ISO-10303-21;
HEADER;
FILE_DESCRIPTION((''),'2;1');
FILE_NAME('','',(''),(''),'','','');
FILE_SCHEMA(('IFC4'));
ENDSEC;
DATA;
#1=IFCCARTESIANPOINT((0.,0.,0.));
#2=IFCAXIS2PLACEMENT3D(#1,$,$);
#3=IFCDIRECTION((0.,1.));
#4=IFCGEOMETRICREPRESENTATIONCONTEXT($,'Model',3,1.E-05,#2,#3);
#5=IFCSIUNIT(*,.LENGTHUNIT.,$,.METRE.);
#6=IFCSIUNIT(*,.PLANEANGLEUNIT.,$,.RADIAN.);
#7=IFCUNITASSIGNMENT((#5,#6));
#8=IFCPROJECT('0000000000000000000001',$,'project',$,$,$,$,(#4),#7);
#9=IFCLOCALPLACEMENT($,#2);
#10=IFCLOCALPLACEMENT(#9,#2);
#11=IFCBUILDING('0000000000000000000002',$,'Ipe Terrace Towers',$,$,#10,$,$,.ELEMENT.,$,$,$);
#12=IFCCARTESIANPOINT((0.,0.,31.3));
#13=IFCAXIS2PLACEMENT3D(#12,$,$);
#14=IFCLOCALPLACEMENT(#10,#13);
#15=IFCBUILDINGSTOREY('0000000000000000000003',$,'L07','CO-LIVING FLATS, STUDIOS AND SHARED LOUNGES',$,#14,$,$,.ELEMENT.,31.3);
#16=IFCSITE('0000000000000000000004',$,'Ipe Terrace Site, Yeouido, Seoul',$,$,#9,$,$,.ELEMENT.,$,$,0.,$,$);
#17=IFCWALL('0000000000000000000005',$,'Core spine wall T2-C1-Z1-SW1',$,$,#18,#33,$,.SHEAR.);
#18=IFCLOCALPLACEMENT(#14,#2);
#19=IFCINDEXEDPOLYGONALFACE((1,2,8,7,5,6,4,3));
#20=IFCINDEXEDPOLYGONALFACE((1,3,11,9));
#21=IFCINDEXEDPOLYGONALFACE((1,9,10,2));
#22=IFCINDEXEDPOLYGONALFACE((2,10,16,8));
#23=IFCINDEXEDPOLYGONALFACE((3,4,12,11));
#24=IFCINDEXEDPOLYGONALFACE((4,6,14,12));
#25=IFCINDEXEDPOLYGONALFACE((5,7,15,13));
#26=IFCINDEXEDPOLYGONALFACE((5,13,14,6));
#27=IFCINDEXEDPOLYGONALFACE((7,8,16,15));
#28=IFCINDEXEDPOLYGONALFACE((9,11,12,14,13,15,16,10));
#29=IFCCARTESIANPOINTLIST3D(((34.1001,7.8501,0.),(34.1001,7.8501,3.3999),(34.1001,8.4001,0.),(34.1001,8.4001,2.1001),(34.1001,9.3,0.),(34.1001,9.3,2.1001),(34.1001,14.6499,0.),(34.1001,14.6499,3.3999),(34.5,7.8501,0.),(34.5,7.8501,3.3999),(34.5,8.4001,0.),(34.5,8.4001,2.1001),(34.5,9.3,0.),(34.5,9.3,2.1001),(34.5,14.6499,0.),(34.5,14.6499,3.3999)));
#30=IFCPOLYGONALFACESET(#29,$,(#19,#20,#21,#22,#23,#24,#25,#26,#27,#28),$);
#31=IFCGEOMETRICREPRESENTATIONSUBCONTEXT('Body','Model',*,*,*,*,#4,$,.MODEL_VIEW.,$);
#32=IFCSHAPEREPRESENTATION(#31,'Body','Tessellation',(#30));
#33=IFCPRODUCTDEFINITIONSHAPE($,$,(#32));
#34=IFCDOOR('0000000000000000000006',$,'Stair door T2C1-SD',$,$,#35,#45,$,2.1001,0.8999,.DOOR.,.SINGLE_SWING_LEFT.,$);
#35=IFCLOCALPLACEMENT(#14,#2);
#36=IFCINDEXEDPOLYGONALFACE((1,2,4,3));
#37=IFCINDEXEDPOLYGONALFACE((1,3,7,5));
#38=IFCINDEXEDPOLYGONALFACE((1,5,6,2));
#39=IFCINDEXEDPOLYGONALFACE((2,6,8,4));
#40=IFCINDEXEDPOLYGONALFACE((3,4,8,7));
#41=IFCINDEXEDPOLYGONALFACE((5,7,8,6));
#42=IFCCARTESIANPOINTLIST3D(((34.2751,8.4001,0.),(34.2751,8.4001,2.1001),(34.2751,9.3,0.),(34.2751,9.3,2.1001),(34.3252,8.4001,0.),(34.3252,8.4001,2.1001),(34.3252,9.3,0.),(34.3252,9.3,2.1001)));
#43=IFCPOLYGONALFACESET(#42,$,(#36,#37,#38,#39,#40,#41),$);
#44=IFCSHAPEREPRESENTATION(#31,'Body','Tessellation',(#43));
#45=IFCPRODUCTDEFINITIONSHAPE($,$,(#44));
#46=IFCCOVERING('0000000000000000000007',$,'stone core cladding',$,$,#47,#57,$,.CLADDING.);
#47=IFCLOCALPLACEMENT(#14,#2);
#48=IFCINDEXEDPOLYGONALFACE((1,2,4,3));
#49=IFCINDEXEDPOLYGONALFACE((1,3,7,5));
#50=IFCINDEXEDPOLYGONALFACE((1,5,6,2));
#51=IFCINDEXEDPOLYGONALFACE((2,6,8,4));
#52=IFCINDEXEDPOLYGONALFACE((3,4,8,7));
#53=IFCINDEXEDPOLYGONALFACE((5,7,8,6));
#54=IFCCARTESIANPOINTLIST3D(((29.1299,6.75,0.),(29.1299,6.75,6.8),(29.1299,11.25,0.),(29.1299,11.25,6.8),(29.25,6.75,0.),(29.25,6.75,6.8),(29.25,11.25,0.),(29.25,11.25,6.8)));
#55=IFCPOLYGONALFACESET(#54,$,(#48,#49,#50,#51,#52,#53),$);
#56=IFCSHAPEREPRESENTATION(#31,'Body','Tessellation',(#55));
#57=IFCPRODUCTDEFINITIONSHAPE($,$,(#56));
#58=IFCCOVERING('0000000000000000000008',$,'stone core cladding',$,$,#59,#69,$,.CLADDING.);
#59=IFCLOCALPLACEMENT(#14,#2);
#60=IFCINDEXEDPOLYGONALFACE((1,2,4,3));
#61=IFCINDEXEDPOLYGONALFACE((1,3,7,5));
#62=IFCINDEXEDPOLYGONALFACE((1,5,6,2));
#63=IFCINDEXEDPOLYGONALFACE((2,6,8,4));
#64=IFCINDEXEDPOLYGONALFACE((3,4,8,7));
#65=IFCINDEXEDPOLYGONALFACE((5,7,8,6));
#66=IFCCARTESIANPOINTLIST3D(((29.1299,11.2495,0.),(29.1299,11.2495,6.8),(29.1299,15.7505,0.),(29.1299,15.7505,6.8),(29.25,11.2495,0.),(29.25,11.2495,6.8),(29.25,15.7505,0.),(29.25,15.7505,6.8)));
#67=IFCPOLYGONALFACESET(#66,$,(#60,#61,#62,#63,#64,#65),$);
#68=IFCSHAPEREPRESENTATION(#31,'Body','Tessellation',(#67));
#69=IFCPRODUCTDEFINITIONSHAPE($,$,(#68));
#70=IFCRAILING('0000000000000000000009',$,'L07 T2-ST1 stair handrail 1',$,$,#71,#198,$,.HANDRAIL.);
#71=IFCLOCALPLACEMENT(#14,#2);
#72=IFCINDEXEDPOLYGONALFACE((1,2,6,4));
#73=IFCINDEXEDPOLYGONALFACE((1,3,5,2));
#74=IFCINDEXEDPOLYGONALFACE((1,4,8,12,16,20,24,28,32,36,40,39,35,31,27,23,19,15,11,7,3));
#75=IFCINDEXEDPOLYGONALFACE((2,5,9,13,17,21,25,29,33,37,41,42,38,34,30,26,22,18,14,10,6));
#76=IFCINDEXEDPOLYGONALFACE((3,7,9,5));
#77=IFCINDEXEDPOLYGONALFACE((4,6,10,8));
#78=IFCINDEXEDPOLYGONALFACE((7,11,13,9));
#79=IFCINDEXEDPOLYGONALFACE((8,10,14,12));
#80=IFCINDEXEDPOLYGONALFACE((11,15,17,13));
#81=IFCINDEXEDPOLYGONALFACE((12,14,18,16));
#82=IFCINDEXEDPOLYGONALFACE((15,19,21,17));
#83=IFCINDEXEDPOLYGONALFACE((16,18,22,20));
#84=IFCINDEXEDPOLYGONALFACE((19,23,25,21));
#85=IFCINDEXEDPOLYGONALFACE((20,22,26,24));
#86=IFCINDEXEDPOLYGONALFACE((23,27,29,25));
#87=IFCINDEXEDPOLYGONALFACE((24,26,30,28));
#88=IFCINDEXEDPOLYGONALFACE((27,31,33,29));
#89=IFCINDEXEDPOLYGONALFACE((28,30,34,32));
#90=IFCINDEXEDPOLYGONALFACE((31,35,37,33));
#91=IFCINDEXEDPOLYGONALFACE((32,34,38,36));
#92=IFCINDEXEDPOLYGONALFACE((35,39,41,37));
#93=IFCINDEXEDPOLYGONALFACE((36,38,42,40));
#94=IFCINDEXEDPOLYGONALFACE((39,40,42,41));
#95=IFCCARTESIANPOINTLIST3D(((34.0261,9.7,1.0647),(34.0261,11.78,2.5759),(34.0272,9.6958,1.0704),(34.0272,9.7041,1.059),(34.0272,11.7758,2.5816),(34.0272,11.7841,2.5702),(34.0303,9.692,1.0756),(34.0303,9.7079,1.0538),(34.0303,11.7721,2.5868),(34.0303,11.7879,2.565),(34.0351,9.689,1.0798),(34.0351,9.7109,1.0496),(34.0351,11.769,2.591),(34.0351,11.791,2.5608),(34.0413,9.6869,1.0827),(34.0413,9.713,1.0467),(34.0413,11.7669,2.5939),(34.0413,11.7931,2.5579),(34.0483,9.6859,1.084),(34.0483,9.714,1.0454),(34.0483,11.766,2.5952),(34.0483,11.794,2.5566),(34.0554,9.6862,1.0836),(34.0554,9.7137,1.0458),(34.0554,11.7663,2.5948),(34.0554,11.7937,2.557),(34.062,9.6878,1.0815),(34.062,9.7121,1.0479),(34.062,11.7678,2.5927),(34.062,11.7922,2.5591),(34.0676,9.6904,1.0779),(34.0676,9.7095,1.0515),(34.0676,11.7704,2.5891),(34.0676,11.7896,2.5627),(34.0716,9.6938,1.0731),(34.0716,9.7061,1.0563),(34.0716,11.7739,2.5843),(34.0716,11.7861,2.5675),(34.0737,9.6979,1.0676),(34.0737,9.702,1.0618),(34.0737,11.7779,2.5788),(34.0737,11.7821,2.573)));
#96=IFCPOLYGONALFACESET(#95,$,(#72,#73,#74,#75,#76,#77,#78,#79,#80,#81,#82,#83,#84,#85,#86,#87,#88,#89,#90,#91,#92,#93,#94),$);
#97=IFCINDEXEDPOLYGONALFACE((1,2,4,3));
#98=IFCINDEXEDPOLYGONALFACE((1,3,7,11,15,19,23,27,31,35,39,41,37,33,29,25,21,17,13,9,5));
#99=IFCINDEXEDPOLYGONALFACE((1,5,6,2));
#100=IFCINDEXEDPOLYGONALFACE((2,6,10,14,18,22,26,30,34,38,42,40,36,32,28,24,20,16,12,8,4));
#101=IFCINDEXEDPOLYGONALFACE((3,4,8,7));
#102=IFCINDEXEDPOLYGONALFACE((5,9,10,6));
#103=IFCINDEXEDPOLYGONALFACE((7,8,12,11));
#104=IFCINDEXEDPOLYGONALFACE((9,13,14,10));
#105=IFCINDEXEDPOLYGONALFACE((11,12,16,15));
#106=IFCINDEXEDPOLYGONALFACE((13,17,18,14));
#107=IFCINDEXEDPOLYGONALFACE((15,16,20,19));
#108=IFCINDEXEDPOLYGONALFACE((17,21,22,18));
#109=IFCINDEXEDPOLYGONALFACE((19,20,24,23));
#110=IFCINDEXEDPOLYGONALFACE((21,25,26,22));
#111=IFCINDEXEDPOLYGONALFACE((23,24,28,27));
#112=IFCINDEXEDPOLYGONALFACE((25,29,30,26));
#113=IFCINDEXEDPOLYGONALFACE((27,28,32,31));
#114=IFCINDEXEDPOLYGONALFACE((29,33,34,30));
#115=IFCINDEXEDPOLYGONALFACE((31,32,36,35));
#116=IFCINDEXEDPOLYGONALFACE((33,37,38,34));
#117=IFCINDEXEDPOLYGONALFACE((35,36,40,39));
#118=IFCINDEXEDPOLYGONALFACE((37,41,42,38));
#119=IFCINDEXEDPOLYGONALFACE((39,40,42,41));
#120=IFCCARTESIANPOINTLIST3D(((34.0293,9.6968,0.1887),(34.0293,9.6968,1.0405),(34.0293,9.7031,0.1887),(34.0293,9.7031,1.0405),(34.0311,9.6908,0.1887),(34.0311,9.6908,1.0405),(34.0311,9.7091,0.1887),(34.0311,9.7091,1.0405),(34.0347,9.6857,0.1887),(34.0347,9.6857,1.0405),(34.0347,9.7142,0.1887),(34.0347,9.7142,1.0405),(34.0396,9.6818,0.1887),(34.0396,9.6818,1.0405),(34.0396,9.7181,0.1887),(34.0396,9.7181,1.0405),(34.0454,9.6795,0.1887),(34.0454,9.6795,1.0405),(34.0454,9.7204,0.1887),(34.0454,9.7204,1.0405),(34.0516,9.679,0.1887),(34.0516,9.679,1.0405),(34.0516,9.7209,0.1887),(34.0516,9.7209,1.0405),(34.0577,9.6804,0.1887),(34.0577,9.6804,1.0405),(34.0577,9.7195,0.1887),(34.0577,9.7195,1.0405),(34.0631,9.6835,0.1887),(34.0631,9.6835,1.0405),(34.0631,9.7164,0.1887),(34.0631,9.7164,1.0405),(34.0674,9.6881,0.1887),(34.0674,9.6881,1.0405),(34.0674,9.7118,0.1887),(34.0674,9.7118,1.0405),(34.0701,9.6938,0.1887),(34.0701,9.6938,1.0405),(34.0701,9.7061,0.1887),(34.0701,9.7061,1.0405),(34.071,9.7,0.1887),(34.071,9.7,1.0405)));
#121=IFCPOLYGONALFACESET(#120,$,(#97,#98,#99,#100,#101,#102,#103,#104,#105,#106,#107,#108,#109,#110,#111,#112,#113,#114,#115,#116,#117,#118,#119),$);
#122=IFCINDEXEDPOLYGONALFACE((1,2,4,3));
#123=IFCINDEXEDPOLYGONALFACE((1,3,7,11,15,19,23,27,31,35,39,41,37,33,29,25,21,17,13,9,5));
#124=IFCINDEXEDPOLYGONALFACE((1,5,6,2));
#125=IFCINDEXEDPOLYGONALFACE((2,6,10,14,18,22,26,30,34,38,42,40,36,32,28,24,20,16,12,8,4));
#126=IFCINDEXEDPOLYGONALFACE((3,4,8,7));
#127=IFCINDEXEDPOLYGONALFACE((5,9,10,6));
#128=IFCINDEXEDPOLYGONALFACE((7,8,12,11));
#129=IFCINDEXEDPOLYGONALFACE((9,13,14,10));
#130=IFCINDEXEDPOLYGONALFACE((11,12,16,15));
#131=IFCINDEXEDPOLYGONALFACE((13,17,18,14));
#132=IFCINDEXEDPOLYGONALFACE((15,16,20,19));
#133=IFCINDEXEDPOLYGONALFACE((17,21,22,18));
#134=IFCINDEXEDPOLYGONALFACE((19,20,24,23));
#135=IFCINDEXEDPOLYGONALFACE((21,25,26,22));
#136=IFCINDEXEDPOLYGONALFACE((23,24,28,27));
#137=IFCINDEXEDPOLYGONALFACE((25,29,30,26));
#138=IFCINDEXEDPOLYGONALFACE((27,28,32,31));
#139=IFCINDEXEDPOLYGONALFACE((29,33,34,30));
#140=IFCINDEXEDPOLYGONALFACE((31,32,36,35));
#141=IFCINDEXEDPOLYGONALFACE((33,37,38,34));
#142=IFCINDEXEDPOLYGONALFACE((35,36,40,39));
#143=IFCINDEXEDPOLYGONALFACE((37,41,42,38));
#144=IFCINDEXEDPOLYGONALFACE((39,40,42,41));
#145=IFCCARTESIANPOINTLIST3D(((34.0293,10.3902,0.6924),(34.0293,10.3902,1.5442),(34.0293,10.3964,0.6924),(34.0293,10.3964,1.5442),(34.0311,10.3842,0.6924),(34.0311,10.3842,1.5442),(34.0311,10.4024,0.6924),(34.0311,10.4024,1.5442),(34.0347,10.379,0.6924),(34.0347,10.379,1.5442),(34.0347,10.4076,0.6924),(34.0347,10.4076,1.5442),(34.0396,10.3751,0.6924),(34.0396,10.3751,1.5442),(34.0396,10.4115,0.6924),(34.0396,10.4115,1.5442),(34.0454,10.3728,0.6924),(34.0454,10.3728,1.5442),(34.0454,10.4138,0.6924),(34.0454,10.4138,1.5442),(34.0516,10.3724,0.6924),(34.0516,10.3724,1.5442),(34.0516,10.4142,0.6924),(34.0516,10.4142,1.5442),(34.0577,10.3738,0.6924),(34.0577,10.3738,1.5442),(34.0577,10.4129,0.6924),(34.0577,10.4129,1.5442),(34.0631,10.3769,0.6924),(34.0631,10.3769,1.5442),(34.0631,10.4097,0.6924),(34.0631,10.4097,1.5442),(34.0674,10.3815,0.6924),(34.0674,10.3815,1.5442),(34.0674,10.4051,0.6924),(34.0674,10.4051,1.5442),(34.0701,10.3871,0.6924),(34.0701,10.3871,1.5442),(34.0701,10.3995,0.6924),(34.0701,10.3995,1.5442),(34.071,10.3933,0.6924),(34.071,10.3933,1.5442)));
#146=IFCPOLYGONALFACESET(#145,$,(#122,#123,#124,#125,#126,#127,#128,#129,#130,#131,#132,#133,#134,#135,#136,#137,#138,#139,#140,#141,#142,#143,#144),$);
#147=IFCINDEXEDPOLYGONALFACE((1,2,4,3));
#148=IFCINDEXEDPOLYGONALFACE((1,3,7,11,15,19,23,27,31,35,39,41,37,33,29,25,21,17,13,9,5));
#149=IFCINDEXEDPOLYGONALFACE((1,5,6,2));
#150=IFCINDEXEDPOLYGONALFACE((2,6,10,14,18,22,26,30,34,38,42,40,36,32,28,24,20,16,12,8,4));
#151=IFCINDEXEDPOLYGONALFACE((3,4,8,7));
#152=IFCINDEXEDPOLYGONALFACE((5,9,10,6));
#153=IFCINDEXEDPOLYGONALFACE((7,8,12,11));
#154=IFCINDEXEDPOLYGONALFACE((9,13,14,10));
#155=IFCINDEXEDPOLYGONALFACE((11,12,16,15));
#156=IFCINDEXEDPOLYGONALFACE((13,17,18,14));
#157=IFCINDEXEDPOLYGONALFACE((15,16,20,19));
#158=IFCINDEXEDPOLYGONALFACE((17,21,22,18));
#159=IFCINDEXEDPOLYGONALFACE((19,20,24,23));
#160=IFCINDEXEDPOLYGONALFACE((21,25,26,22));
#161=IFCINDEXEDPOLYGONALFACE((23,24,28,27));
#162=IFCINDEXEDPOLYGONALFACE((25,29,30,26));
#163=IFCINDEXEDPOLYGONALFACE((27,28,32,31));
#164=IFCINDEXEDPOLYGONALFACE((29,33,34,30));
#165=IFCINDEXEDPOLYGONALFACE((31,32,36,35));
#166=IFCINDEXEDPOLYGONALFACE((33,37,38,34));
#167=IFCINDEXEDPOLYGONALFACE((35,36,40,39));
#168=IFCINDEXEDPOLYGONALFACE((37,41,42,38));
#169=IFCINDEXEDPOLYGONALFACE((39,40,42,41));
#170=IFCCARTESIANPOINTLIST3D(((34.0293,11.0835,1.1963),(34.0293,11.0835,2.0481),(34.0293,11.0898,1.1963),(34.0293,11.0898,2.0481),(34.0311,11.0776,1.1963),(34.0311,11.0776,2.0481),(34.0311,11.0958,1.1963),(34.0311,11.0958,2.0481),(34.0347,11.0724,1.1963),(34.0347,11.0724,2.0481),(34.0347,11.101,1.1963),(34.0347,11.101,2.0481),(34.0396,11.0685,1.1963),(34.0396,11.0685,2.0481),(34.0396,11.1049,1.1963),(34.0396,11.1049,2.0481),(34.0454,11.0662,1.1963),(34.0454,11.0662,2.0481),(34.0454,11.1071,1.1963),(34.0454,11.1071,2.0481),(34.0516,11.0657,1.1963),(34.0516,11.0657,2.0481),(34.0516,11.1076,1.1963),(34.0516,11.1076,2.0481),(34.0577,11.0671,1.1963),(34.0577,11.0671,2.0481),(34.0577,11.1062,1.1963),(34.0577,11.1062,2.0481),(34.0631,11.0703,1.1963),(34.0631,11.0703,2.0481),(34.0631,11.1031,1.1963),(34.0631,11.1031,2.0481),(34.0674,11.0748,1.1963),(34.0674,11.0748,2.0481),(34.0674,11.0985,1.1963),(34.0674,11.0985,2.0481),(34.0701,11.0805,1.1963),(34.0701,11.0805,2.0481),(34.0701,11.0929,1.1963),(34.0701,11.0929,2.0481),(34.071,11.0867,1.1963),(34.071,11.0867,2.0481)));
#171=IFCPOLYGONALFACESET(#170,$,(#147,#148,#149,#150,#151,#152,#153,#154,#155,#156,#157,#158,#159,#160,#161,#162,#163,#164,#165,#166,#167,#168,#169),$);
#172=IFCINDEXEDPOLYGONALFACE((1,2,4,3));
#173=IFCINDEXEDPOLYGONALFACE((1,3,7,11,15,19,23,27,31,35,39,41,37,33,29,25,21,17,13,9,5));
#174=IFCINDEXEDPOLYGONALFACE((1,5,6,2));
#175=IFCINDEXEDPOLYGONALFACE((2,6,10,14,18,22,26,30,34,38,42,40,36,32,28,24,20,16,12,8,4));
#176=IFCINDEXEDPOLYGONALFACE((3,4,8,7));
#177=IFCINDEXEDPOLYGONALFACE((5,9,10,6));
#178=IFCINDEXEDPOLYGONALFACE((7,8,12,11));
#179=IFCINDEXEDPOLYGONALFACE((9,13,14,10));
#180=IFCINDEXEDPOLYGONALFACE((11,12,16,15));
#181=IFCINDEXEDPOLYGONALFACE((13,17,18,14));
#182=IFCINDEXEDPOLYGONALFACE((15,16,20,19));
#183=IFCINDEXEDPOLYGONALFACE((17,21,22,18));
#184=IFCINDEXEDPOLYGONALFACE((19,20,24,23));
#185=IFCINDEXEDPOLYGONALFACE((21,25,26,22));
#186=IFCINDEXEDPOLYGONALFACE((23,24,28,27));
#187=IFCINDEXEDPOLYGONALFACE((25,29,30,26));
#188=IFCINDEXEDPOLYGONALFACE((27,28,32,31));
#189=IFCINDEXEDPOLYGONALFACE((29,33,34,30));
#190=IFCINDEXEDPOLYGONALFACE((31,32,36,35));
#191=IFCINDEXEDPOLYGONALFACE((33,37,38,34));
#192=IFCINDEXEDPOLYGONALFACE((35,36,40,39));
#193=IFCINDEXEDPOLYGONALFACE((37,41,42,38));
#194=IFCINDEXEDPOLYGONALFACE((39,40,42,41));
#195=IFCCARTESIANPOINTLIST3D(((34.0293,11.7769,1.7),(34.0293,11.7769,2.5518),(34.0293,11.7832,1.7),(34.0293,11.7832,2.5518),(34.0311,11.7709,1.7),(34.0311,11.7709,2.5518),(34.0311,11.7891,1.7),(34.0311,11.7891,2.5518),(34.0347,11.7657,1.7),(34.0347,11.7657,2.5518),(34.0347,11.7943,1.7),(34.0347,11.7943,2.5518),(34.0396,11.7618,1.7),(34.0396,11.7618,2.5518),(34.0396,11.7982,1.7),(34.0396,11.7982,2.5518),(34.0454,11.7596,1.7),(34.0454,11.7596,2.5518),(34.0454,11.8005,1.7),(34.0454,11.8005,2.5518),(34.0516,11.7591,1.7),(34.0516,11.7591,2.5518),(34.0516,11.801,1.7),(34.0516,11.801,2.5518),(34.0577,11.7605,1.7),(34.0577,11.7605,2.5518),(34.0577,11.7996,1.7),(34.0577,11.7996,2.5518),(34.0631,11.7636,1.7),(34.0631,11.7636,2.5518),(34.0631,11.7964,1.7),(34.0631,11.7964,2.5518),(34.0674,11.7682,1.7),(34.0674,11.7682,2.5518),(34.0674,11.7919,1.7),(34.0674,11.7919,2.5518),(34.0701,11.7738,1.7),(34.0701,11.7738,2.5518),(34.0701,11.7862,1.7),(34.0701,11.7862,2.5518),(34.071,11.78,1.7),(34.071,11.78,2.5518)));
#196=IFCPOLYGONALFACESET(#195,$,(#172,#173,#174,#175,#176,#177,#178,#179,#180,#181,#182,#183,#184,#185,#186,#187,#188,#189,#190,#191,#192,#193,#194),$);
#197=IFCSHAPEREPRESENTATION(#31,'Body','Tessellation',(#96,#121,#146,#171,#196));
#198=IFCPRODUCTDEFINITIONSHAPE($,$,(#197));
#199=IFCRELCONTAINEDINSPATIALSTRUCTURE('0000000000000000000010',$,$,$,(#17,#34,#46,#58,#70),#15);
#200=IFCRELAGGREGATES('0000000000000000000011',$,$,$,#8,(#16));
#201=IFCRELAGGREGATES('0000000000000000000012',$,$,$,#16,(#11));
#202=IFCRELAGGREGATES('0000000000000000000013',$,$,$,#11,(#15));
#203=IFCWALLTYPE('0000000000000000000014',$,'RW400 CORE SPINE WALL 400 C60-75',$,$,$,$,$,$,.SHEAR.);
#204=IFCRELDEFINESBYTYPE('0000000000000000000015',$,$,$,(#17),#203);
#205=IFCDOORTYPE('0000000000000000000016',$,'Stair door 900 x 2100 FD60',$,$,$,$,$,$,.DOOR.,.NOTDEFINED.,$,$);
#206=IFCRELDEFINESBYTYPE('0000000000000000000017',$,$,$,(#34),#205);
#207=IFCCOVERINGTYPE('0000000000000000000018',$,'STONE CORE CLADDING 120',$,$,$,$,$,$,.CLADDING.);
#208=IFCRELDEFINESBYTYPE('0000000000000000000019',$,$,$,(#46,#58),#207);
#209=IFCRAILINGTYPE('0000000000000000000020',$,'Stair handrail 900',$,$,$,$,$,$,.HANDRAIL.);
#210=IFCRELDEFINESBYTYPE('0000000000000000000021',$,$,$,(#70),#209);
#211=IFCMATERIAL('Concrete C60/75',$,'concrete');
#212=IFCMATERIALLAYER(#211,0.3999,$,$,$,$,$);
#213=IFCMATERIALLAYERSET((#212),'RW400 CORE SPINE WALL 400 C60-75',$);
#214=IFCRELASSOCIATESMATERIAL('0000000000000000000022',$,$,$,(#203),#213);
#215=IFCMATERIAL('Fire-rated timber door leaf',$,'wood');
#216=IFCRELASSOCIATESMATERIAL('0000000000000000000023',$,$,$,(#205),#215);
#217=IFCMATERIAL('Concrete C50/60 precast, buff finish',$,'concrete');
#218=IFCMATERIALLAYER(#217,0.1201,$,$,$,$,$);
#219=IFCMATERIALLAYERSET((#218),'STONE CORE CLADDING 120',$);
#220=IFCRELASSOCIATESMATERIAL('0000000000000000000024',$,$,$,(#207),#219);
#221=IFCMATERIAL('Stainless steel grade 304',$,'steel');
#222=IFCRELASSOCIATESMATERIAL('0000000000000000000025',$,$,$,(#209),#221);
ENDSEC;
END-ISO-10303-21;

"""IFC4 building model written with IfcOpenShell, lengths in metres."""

from ifc_helpers import new_model, si_unit, direction, frame, frame_2d, origin, origin_2d, place, context, subcontext, project, spatial, rectangle, circle, extrude, material, layer, layer_set, type_object, element, fill, save


model = new_model("IFC4")

# Units and contexts
model_context = context("Model", 3, precision=1e-05, world=origin(), true_north=direction((0.0, 1.0)))
body_context = subcontext(model_context, "Body", "Model", "MODEL_VIEW")
ifc_project = project(units=[si_unit("LENGTHUNIT", "METRE"), si_unit("PLANEANGLEUNIT", "RADIAN")], contexts=[model_context])

# Site, building, storey
site_placement = place(None, origin())
site = spatial("IfcSite", under=ifc_project, at=site_placement, Name="Ipe Terrace Site, Yeouido, Seoul", CompositionType="ELEMENT", RefElevation=0.0)
building_placement = place(site_placement, origin())
building = spatial("IfcBuilding", under=site, at=building_placement, Name="Ipe Terrace Towers", CompositionType="ELEMENT")
storey_placement = place(building_placement, frame((0.0, 0.0, 31.3)))
storey = spatial("IfcBuildingStorey", under=building, at=storey_placement, Name="L07", Description="CO-LIVING FLATS, STUDIOS AND SHARED LOUNGES", CompositionType="ELEMENT", Elevation=31.3)

# Wall, opening, door
ifc_material_1 = material(Name="Concrete C60/75", Category="concrete")
ifc_layer_1 = layer(ifc_material_1, 0.3999)
ifc_layer_set_1 = layer_set([ifc_layer_1], Name="RW400 CORE SPINE WALL 400 C60-75")
wall_type_1 = type_object("IfcWallType", Name="RW400 CORE SPINE WALL 400 C60-75", PredefinedType="SHEAR", material=ifc_layer_set_1)
wall_1_placement = place(storey_placement, frame((34.3, 7.8501, 0.0), z_axis=(0.0, 0.0, 1.0), x_axis=(0.0, 1.0, 0.0)))
wall_1 = element("IfcWall", 1, at=wall_1_placement, inside=storey, type_object=wall_type_1, Name="Core spine wall T2-C1-Z1-SW1", PredefinedType="SHEAR", context=body_context, shape_type="SweptSolid", body=[
    extrude(rectangle(XDim=6.7998, YDim=0.3999, at=frame_2d((3.3999, 0.0))), origin(), (0.0, 0.0, 1.0), 3.3999),
])
opening_1_placement = place(wall_1_placement, frame((0.55, 0.0, 0.0)))
opening_1 = element("IfcOpeningElement", 2, at=opening_1_placement, cuts=wall_1, PredefinedType="OPENING", context=body_context, shape_type="SweptSolid", body=[
    extrude(rectangle(XDim=0.8999, YDim=2.1001, at=frame_2d((0.45, 1.05))), frame((0.0, 0.21, 0.0), z_axis=(0.0, -1.0, 0.0), x_axis=(1.0, 0.0, 0.0)), (0.0, 0.0, 1.0), 0.4199),
])
ifc_material_2 = material(Name="Fire-rated timber door leaf", Category="wood")
door_type_1 = type_object("IfcDoorType", Name="Stair door 900 x 2100 FD60", OperationType="NOTDEFINED", PredefinedType="DOOR", material=ifc_material_2)
door_1_placement = place(opening_1_placement, origin())
door_1 = element("IfcDoor", 3, at=door_1_placement, inside=storey, type_object=door_type_1, Name="Stair door T2C1-SD", OperationType="SINGLE_SWING_LEFT", OverallHeight=2.1001, OverallWidth=0.8999, PredefinedType="DOOR", context=body_context, shape_type="SweptSolid", body=[
    extrude(rectangle(XDim=0.8999, YDim=2.1001, at=frame_2d((0.45, 1.05))), frame((0.0, 0.0249, 0.0), z_axis=(0.0, -1.0, 0.0), x_axis=(1.0, 0.0, 0.0)), (0.0, 0.0, 1.0), 0.05),
])
fill(opening_1, door_1)

# Coverings
ifc_material_3 = material(Name="Concrete C50/60 precast, buff finish", Category="concrete")
ifc_layer_2 = layer(ifc_material_3, 0.1201)
ifc_layer_set_2 = layer_set([ifc_layer_2], Name="STONE CORE CLADDING 120")
covering_type = type_object("IfcCoveringType", Name="STONE CORE CLADDING 120", PredefinedType="CLADDING", material=ifc_layer_set_2)
covering_1_placement = place(storey_placement, frame((29.1899, 9.0, 0.0), z_axis=(0.0, 0.0, 1.0), x_axis=(0.0, -1.0, 0.0)))
element("IfcCovering", 4, at=covering_1_placement, inside=storey, type_object=covering_type, Name="stone core cladding", PredefinedType="CLADDING", context=body_context, shape_type="SweptSolid", body=[
    extrude(rectangle(XDim=4.5, YDim=0.1201, at=origin_2d()), origin(), (0.0, 0.0, 1.0), 6.8),
])
covering_2_placement = place(storey_placement, frame((29.1899, 13.5, 0.0), z_axis=(0.0, 0.0, 1.0), x_axis=(0.0, -1.0, 0.0)))
element("IfcCovering", 5, at=covering_2_placement, inside=storey, type_object=covering_type, Name="stone core cladding", PredefinedType="CLADDING", context=body_context, shape_type="SweptSolid", body=[
    extrude(rectangle(XDim=4.501, YDim=0.1201, at=origin_2d()), origin(), (0.0, 0.0, 1.0), 6.8),
])

# Railing
ifc_material_4 = material(Name="Stainless steel grade 304", Category="steel")
railing_type_1 = type_object("IfcRailingType", Name="Stair handrail 900", PredefinedType="HANDRAIL", material=ifc_material_4)
railing_1_placement = place(storey_placement, frame((34.05, 9.7, 0.1887)))
element("IfcRailing", 6, at=railing_1_placement, inside=storey, type_object=railing_type_1, Name="L07 T2-ST1 stair handrail 1", PredefinedType="HANDRAIL", context=body_context, shape_type="SweptSolid", body=[
    extrude(circle(Radius=0.0239, at=origin_2d()), frame((0.0, 0.0, 0.876), z_axis=(0.0, 0.809023, 0.587776), x_axis=(-1.0, 0.0, 0.0)), (0.0, 0.0, 1.0), 2.571),
    extrude(circle(Radius=0.021, at=origin_2d()), origin(), (0.0, 0.0, 1.0), 0.8518),
    extrude(circle(Radius=0.021, at=origin_2d()), frame((0.0, 0.6934, 0.5037)), (0.0, 0.0, 1.0), 0.8518),
    extrude(circle(Radius=0.021, at=origin_2d()), frame((0.0, 1.3867, 1.0076)), (0.0, 0.0, 1.0), 0.8518),
    extrude(circle(Radius=0.021, at=origin_2d()), frame((0.0, 2.0801, 1.5112)), (0.0, 0.0, 1.0), 0.8518),
])

save(model, "model.ifc")
